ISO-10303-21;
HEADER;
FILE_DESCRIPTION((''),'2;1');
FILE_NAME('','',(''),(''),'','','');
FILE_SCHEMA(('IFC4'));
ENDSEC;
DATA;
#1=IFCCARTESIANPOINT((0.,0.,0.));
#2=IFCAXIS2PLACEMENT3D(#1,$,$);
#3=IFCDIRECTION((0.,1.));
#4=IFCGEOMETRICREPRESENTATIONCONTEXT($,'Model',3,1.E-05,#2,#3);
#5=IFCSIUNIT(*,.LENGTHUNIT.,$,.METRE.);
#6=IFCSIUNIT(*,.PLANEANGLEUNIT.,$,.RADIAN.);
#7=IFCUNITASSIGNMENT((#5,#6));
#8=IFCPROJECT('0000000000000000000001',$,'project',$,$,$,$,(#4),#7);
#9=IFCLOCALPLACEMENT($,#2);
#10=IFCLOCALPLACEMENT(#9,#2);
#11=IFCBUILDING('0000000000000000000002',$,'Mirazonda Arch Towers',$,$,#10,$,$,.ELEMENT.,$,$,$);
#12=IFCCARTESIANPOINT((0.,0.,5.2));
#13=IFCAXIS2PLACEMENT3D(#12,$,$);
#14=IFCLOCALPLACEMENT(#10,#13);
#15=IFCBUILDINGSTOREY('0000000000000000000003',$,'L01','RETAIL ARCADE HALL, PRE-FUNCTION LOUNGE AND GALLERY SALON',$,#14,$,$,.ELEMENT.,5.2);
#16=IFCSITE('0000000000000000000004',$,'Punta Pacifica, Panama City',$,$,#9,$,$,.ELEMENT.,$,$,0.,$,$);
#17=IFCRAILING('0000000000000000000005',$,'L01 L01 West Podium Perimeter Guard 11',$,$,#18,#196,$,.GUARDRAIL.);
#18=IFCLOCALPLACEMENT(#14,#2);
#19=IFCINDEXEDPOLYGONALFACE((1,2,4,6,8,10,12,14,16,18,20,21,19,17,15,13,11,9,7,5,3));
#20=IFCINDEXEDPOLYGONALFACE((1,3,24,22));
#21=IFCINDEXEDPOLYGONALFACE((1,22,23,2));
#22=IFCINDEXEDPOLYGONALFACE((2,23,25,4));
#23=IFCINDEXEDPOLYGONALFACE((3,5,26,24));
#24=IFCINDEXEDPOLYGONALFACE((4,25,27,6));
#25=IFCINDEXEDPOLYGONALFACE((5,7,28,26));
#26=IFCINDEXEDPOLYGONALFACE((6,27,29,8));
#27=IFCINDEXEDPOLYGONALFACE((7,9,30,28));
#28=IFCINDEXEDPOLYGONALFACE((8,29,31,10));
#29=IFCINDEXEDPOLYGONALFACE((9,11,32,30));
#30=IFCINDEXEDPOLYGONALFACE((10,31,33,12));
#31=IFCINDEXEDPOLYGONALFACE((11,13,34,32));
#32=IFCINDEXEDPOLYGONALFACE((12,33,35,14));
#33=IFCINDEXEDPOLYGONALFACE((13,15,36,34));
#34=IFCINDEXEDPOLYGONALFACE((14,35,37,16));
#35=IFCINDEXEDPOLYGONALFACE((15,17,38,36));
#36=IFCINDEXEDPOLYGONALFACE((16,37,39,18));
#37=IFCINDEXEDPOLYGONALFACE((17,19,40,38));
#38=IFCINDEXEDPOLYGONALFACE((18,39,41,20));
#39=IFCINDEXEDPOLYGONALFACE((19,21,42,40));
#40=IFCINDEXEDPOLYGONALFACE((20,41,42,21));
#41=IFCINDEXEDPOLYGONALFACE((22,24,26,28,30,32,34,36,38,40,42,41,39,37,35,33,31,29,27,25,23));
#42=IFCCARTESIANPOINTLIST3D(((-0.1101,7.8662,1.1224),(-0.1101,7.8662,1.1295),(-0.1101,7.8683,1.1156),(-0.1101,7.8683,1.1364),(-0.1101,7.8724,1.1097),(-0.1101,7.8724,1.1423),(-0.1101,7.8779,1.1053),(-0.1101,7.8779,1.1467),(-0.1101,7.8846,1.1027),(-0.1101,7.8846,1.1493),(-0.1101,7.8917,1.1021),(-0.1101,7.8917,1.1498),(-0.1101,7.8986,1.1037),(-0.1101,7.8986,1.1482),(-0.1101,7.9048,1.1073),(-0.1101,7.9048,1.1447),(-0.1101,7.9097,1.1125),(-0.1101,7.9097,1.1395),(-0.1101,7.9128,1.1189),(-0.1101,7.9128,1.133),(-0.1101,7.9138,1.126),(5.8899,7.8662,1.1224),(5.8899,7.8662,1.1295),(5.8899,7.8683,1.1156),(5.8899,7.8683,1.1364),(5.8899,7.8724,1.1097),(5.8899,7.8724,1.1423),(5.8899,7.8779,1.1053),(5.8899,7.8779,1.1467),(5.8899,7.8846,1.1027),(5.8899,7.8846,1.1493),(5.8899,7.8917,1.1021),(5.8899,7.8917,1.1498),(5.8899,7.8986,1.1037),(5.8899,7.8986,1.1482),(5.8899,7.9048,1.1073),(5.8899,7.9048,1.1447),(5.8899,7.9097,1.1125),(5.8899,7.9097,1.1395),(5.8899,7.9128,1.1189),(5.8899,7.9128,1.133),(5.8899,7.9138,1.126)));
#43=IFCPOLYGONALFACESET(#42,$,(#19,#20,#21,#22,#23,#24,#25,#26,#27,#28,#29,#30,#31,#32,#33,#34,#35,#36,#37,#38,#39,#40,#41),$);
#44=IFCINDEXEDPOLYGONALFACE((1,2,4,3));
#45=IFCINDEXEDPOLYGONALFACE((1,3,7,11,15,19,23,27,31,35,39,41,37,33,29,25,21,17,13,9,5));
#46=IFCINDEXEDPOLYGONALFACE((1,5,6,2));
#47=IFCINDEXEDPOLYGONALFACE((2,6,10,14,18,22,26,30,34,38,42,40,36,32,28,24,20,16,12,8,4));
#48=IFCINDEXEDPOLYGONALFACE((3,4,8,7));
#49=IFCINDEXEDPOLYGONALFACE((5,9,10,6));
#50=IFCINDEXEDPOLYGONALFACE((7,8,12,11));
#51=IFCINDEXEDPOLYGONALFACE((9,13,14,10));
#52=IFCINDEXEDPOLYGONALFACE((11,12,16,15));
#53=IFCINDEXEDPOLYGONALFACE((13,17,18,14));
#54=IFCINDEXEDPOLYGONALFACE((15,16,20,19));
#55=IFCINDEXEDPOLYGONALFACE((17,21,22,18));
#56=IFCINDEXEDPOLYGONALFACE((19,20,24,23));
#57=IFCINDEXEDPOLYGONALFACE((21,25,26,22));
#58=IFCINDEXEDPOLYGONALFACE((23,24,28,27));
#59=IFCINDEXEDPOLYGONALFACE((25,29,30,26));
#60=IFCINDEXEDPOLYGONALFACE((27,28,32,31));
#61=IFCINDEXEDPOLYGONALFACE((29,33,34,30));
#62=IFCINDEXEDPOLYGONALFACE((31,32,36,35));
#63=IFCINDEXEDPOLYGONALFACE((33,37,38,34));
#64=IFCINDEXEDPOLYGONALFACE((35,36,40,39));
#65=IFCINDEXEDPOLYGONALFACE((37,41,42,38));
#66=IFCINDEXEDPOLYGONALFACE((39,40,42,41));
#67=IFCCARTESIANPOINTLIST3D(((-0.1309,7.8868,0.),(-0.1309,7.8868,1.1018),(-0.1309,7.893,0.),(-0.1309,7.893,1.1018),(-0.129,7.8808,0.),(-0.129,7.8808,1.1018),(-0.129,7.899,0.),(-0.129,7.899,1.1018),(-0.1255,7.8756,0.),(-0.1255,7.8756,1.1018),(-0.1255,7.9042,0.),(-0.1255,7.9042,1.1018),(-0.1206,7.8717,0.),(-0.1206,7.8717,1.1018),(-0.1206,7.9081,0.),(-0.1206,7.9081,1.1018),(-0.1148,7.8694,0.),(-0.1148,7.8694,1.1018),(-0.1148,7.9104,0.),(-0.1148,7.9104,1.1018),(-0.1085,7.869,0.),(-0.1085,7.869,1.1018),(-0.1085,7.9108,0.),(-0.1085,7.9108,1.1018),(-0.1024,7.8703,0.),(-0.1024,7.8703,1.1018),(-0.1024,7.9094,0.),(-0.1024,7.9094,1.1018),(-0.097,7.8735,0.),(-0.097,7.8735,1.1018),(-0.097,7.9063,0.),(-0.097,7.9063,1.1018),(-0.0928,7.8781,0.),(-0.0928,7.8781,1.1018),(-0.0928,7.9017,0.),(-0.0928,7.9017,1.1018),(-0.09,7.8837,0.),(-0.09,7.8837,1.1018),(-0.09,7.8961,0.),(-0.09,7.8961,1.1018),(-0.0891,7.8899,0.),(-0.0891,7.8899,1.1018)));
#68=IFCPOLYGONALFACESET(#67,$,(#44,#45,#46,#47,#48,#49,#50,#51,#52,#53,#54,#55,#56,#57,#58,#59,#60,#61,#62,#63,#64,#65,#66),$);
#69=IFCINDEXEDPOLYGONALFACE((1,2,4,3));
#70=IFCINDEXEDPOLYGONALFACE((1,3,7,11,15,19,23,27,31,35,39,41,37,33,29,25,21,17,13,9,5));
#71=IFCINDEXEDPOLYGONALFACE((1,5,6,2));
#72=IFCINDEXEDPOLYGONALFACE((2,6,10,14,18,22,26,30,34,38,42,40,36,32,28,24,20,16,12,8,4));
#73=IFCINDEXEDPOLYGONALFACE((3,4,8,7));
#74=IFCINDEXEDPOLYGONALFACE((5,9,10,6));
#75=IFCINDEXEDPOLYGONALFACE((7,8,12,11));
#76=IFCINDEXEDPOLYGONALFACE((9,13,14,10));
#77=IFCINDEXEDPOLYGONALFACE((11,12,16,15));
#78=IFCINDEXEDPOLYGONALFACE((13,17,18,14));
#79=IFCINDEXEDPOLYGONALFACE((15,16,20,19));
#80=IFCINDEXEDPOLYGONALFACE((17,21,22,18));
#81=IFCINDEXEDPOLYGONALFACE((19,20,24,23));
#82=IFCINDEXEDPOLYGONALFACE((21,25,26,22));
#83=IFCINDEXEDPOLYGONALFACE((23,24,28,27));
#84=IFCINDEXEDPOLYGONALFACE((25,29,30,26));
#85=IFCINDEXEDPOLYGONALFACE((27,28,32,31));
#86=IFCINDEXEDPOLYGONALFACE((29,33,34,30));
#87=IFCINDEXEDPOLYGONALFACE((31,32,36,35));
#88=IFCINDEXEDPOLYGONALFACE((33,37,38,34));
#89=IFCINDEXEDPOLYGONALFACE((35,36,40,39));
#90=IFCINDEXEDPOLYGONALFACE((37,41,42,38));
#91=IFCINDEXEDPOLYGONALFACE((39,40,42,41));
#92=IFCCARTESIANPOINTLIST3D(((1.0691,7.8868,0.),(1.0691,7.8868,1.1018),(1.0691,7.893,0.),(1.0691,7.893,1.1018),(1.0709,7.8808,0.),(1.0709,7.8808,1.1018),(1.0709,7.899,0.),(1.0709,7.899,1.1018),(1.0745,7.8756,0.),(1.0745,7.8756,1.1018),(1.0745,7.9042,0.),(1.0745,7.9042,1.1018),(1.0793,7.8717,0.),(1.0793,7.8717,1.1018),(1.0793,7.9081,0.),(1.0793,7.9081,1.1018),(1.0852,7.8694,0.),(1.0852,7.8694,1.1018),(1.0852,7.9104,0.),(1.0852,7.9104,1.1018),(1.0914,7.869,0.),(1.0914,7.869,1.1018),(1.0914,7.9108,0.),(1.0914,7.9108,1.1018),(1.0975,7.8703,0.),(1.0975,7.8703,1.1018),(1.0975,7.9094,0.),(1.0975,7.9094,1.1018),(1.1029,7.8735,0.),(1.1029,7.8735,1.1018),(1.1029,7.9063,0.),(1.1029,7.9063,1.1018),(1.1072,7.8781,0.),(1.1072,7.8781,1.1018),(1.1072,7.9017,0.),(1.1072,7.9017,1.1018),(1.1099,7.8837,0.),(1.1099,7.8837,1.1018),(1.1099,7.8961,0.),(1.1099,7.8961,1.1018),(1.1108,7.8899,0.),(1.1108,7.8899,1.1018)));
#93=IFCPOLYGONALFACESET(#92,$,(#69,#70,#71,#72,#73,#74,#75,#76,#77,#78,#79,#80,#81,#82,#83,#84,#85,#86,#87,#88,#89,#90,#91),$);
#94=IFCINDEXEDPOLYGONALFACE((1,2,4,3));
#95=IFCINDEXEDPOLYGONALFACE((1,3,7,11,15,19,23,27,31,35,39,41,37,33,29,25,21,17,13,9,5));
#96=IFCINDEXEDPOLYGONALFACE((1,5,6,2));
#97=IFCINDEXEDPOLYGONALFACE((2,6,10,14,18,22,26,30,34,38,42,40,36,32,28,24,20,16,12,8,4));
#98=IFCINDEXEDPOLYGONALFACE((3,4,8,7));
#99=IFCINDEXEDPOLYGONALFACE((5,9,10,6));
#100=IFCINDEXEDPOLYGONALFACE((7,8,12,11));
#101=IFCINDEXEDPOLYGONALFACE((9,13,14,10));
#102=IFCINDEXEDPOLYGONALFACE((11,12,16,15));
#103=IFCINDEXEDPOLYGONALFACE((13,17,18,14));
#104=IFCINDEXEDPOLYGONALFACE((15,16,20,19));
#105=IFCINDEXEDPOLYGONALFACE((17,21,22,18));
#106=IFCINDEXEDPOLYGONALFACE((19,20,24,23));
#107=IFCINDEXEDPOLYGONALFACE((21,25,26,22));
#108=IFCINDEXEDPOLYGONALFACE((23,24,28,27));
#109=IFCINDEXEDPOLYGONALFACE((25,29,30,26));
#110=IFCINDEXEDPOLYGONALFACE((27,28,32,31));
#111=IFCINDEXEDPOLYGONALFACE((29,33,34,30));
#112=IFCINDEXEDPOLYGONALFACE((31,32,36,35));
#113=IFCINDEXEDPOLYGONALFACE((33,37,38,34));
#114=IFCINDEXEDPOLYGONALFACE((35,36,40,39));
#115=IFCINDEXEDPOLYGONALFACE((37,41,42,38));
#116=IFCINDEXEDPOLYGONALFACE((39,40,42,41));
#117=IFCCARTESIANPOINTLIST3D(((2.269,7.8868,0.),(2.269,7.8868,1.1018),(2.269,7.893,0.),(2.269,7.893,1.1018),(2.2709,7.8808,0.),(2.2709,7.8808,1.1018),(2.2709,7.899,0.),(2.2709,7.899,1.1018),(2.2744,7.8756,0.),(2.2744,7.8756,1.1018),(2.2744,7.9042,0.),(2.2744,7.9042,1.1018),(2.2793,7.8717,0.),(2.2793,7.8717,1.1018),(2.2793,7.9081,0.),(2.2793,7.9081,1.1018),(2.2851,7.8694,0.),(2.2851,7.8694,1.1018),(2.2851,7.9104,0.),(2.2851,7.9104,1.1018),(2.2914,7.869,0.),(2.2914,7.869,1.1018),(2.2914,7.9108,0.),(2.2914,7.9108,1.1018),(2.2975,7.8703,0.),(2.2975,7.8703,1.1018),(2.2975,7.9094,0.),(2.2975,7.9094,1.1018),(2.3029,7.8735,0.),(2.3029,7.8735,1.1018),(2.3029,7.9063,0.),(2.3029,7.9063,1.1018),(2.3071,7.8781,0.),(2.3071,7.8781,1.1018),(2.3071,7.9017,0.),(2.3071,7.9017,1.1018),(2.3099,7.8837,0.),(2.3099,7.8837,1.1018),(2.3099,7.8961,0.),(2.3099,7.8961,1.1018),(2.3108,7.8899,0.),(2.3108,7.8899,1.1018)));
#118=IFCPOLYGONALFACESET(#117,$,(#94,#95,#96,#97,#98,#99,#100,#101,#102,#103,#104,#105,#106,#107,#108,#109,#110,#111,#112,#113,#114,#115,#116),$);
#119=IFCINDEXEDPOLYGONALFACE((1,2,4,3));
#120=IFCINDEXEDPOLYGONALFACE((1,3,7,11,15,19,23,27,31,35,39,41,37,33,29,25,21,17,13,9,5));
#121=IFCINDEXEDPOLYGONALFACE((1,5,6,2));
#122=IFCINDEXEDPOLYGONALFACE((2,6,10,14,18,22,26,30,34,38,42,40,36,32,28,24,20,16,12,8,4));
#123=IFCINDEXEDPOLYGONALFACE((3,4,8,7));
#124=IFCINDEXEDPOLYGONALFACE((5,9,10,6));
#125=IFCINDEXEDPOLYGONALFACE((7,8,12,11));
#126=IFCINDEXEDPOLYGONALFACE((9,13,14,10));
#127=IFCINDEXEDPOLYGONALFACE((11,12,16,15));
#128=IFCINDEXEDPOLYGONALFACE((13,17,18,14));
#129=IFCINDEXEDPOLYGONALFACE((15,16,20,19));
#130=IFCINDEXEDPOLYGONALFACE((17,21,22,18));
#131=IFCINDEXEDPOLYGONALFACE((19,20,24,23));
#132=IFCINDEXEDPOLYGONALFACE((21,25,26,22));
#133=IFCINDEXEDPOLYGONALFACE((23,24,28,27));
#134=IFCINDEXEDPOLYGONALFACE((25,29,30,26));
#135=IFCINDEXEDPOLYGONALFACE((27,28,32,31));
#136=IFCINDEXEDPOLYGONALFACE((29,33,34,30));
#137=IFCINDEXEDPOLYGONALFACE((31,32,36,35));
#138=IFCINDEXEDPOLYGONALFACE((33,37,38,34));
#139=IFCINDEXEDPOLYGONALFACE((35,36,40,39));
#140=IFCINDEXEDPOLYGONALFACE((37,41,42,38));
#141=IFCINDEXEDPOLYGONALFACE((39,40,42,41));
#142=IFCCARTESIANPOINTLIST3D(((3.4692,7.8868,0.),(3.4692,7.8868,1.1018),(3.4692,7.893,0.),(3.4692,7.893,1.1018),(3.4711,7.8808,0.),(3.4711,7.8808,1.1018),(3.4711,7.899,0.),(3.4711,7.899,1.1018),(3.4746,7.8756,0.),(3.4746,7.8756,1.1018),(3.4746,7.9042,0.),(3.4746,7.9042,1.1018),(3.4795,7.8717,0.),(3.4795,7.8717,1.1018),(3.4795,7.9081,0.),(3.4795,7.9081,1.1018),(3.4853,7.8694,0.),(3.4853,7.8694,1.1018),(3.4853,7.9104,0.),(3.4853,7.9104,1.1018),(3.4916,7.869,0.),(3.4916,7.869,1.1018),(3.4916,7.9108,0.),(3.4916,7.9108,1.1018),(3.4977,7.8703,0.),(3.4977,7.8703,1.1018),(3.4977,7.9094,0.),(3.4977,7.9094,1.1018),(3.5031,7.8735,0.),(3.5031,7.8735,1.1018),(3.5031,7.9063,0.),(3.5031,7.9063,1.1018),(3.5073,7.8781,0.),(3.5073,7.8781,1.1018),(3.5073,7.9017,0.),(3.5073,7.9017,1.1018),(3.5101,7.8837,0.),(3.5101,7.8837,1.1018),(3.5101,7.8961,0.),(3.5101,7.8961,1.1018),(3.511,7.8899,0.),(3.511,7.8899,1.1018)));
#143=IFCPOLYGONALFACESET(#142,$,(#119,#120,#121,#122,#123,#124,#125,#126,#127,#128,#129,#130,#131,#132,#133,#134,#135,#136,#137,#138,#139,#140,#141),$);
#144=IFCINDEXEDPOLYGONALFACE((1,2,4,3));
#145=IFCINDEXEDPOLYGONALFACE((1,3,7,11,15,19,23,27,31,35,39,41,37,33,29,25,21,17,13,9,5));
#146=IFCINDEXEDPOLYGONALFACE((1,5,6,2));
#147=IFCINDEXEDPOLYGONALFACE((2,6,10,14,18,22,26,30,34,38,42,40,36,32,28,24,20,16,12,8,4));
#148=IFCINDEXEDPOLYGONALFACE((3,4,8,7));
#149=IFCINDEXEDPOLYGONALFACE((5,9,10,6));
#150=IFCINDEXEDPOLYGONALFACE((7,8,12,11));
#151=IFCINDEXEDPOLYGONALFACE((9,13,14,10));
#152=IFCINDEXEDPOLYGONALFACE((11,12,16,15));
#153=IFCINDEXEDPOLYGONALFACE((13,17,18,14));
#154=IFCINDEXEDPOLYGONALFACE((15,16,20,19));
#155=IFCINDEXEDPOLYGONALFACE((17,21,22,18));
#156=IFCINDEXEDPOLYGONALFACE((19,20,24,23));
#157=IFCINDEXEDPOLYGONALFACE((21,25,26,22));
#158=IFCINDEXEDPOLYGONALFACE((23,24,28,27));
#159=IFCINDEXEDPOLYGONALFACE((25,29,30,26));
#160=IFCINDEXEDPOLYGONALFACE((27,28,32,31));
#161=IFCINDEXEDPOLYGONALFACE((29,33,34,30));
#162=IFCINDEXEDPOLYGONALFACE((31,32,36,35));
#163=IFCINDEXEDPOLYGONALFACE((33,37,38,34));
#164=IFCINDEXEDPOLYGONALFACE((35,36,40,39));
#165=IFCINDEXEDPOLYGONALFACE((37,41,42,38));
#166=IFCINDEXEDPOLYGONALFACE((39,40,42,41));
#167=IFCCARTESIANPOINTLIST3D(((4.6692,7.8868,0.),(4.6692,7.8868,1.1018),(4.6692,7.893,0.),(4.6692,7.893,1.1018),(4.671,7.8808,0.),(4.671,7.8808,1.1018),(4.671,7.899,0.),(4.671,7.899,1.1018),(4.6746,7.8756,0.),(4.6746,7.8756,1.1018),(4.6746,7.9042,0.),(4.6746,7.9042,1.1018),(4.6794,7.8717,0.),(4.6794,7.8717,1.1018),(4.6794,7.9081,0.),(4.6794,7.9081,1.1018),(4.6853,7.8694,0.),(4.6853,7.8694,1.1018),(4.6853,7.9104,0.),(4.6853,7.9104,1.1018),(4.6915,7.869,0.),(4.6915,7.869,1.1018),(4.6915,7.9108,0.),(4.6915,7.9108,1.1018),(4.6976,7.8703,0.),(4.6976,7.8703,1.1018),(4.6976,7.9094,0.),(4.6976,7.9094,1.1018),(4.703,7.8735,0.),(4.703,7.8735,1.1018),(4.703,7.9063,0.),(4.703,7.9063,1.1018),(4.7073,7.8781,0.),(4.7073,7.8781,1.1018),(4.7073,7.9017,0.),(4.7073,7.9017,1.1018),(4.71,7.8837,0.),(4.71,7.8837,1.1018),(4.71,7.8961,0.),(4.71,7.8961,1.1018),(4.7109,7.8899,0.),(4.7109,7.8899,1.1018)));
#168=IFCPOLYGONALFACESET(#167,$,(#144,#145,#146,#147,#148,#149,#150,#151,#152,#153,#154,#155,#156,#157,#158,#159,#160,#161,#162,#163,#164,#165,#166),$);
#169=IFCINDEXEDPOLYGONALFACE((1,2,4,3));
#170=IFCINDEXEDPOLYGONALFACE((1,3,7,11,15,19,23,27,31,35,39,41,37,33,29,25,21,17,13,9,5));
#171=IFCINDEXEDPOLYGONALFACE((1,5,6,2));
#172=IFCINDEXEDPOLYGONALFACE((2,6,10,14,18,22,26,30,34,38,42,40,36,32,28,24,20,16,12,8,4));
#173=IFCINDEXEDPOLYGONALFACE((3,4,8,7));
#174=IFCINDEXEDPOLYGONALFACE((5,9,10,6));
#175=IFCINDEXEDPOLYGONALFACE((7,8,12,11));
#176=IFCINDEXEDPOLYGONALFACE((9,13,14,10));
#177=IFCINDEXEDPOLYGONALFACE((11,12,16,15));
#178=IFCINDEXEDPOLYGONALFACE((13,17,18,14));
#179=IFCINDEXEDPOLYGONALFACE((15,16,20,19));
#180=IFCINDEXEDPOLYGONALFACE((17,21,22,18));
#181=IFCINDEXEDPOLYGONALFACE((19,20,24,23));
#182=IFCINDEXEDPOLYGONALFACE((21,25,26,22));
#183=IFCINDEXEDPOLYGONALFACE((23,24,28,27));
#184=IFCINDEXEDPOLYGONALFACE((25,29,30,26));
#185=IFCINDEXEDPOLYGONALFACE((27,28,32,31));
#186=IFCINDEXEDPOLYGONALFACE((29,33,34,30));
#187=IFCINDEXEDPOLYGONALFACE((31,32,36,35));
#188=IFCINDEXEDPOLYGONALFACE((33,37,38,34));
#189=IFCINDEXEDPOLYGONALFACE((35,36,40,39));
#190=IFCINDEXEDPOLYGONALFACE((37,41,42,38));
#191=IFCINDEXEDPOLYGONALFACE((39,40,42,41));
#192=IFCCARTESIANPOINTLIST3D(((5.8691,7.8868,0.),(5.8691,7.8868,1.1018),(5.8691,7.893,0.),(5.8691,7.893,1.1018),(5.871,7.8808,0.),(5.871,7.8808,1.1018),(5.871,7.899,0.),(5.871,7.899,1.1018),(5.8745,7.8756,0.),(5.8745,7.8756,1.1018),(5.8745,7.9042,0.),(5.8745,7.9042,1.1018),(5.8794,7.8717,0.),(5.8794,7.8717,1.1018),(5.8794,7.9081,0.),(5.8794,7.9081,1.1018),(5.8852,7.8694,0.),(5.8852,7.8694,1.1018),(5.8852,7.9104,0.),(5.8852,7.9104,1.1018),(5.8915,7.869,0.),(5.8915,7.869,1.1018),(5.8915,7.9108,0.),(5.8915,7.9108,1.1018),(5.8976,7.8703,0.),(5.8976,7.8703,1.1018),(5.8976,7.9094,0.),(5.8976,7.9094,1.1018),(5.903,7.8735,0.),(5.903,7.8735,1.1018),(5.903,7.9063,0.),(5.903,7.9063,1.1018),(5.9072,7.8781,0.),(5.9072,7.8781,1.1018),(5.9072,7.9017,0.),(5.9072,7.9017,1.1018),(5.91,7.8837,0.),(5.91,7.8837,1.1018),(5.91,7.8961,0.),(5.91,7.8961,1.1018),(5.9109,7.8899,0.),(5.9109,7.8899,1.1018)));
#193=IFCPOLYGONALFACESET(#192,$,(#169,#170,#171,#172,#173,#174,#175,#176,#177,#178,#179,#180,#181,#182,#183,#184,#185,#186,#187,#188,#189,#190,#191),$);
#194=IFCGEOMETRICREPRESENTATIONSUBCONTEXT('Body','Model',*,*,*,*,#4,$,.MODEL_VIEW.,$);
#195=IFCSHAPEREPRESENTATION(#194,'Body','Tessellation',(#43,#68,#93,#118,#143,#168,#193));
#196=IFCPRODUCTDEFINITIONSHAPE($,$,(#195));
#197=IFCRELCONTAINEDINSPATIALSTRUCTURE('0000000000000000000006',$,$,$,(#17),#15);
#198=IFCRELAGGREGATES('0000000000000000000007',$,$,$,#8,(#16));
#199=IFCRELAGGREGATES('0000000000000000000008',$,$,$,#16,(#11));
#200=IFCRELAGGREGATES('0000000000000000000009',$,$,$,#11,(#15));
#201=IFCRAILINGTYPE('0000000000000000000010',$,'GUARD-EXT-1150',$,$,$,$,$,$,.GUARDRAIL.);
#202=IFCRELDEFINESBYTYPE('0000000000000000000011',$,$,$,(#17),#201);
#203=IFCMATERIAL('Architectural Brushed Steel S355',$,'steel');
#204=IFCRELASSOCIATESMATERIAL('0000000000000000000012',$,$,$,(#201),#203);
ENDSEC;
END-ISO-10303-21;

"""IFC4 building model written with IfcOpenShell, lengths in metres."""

from ifc_helpers import new_model, si_unit, direction, frame, origin, origin_2d, place, context, subcontext, project, spatial, circle, extrude, material, type_object, element, save


model = new_model("IFC4")

# Units and contexts
model_context = context("Model", 3, precision=1e-05, world=origin(), true_north=direction((0.0, 1.0)))
body_context = subcontext(model_context, "Body", "Model", "MODEL_VIEW")
ifc_project = project(units=[si_unit("LENGTHUNIT", "METRE"), si_unit("PLANEANGLEUNIT", "RADIAN")], contexts=[model_context])

# Site, building, storey
site_placement = place(None, origin())
site = spatial("IfcSite", under=ifc_project, at=site_placement, Name="Punta Pacifica, Panama City", CompositionType="ELEMENT", RefElevation=0.0)
building_placement = place(site_placement, origin())
building = spatial("IfcBuilding", under=site, at=building_placement, Name="Mirazonda Arch Towers", CompositionType="ELEMENT")
storey_placement = place(building_placement, frame((0.0, 0.0, 5.2)))
storey = spatial("IfcBuildingStorey", under=building, at=storey_placement, Name="L01", Description="RETAIL ARCADE HALL, PRE-FUNCTION LOUNGE AND GALLERY SALON", CompositionType="ELEMENT", Elevation=5.2)

# Railing
ifc_material_1 = material(Name="Architectural Brushed Steel S355", Category="steel")
railing_type = type_object("IfcRailingType", Name="GUARD-EXT-1150", PredefinedType="GUARDRAIL", material=ifc_material_1)
railing_1_placement = place(storey_placement, frame((-0.1101, 7.8899, 0.0)))
element("IfcRailing", 1, at=railing_1_placement, inside=storey, type_object=railing_type, Name="L01 L01 West Podium Perimeter Guard 11", PredefinedType="GUARDRAIL", context=body_context, shape_type="SweptSolid", body=[
    extrude(circle(Radius=0.0239, at=origin_2d()), frame((0.0, 0.0, 1.126), z_axis=(1.0, 0.0, 0.0), x_axis=(0.0, 1.0, 0.0)), (0.0, 0.0, 1.0), 6.0),
    extrude(circle(Radius=0.021, at=origin_2d()), origin(), (0.0, 0.0, 1.0), 1.1018),
    extrude(circle(Radius=0.021, at=origin_2d()), frame((1.2, 0.0, 0.0)), (0.0, 0.0, 1.0), 1.1018),
    extrude(circle(Radius=0.021, at=origin_2d()), frame((2.3999, 0.0, 0.0)), (0.0, 0.0, 1.0), 1.1018),
    extrude(circle(Radius=0.021, at=origin_2d()), frame((3.6001, 0.0, 0.0)), (0.0, 0.0, 1.0), 1.1018),
    extrude(circle(Radius=0.021, at=origin_2d()), frame((4.8, 0.0, 0.0)), (0.0, 0.0, 1.0), 1.1018),
    extrude(circle(Radius=0.021, at=origin_2d()), frame((6.0, 0.0, 0.0)), (0.0, 0.0, 1.0), 1.1018),
])

save(model, "model.ifc")
